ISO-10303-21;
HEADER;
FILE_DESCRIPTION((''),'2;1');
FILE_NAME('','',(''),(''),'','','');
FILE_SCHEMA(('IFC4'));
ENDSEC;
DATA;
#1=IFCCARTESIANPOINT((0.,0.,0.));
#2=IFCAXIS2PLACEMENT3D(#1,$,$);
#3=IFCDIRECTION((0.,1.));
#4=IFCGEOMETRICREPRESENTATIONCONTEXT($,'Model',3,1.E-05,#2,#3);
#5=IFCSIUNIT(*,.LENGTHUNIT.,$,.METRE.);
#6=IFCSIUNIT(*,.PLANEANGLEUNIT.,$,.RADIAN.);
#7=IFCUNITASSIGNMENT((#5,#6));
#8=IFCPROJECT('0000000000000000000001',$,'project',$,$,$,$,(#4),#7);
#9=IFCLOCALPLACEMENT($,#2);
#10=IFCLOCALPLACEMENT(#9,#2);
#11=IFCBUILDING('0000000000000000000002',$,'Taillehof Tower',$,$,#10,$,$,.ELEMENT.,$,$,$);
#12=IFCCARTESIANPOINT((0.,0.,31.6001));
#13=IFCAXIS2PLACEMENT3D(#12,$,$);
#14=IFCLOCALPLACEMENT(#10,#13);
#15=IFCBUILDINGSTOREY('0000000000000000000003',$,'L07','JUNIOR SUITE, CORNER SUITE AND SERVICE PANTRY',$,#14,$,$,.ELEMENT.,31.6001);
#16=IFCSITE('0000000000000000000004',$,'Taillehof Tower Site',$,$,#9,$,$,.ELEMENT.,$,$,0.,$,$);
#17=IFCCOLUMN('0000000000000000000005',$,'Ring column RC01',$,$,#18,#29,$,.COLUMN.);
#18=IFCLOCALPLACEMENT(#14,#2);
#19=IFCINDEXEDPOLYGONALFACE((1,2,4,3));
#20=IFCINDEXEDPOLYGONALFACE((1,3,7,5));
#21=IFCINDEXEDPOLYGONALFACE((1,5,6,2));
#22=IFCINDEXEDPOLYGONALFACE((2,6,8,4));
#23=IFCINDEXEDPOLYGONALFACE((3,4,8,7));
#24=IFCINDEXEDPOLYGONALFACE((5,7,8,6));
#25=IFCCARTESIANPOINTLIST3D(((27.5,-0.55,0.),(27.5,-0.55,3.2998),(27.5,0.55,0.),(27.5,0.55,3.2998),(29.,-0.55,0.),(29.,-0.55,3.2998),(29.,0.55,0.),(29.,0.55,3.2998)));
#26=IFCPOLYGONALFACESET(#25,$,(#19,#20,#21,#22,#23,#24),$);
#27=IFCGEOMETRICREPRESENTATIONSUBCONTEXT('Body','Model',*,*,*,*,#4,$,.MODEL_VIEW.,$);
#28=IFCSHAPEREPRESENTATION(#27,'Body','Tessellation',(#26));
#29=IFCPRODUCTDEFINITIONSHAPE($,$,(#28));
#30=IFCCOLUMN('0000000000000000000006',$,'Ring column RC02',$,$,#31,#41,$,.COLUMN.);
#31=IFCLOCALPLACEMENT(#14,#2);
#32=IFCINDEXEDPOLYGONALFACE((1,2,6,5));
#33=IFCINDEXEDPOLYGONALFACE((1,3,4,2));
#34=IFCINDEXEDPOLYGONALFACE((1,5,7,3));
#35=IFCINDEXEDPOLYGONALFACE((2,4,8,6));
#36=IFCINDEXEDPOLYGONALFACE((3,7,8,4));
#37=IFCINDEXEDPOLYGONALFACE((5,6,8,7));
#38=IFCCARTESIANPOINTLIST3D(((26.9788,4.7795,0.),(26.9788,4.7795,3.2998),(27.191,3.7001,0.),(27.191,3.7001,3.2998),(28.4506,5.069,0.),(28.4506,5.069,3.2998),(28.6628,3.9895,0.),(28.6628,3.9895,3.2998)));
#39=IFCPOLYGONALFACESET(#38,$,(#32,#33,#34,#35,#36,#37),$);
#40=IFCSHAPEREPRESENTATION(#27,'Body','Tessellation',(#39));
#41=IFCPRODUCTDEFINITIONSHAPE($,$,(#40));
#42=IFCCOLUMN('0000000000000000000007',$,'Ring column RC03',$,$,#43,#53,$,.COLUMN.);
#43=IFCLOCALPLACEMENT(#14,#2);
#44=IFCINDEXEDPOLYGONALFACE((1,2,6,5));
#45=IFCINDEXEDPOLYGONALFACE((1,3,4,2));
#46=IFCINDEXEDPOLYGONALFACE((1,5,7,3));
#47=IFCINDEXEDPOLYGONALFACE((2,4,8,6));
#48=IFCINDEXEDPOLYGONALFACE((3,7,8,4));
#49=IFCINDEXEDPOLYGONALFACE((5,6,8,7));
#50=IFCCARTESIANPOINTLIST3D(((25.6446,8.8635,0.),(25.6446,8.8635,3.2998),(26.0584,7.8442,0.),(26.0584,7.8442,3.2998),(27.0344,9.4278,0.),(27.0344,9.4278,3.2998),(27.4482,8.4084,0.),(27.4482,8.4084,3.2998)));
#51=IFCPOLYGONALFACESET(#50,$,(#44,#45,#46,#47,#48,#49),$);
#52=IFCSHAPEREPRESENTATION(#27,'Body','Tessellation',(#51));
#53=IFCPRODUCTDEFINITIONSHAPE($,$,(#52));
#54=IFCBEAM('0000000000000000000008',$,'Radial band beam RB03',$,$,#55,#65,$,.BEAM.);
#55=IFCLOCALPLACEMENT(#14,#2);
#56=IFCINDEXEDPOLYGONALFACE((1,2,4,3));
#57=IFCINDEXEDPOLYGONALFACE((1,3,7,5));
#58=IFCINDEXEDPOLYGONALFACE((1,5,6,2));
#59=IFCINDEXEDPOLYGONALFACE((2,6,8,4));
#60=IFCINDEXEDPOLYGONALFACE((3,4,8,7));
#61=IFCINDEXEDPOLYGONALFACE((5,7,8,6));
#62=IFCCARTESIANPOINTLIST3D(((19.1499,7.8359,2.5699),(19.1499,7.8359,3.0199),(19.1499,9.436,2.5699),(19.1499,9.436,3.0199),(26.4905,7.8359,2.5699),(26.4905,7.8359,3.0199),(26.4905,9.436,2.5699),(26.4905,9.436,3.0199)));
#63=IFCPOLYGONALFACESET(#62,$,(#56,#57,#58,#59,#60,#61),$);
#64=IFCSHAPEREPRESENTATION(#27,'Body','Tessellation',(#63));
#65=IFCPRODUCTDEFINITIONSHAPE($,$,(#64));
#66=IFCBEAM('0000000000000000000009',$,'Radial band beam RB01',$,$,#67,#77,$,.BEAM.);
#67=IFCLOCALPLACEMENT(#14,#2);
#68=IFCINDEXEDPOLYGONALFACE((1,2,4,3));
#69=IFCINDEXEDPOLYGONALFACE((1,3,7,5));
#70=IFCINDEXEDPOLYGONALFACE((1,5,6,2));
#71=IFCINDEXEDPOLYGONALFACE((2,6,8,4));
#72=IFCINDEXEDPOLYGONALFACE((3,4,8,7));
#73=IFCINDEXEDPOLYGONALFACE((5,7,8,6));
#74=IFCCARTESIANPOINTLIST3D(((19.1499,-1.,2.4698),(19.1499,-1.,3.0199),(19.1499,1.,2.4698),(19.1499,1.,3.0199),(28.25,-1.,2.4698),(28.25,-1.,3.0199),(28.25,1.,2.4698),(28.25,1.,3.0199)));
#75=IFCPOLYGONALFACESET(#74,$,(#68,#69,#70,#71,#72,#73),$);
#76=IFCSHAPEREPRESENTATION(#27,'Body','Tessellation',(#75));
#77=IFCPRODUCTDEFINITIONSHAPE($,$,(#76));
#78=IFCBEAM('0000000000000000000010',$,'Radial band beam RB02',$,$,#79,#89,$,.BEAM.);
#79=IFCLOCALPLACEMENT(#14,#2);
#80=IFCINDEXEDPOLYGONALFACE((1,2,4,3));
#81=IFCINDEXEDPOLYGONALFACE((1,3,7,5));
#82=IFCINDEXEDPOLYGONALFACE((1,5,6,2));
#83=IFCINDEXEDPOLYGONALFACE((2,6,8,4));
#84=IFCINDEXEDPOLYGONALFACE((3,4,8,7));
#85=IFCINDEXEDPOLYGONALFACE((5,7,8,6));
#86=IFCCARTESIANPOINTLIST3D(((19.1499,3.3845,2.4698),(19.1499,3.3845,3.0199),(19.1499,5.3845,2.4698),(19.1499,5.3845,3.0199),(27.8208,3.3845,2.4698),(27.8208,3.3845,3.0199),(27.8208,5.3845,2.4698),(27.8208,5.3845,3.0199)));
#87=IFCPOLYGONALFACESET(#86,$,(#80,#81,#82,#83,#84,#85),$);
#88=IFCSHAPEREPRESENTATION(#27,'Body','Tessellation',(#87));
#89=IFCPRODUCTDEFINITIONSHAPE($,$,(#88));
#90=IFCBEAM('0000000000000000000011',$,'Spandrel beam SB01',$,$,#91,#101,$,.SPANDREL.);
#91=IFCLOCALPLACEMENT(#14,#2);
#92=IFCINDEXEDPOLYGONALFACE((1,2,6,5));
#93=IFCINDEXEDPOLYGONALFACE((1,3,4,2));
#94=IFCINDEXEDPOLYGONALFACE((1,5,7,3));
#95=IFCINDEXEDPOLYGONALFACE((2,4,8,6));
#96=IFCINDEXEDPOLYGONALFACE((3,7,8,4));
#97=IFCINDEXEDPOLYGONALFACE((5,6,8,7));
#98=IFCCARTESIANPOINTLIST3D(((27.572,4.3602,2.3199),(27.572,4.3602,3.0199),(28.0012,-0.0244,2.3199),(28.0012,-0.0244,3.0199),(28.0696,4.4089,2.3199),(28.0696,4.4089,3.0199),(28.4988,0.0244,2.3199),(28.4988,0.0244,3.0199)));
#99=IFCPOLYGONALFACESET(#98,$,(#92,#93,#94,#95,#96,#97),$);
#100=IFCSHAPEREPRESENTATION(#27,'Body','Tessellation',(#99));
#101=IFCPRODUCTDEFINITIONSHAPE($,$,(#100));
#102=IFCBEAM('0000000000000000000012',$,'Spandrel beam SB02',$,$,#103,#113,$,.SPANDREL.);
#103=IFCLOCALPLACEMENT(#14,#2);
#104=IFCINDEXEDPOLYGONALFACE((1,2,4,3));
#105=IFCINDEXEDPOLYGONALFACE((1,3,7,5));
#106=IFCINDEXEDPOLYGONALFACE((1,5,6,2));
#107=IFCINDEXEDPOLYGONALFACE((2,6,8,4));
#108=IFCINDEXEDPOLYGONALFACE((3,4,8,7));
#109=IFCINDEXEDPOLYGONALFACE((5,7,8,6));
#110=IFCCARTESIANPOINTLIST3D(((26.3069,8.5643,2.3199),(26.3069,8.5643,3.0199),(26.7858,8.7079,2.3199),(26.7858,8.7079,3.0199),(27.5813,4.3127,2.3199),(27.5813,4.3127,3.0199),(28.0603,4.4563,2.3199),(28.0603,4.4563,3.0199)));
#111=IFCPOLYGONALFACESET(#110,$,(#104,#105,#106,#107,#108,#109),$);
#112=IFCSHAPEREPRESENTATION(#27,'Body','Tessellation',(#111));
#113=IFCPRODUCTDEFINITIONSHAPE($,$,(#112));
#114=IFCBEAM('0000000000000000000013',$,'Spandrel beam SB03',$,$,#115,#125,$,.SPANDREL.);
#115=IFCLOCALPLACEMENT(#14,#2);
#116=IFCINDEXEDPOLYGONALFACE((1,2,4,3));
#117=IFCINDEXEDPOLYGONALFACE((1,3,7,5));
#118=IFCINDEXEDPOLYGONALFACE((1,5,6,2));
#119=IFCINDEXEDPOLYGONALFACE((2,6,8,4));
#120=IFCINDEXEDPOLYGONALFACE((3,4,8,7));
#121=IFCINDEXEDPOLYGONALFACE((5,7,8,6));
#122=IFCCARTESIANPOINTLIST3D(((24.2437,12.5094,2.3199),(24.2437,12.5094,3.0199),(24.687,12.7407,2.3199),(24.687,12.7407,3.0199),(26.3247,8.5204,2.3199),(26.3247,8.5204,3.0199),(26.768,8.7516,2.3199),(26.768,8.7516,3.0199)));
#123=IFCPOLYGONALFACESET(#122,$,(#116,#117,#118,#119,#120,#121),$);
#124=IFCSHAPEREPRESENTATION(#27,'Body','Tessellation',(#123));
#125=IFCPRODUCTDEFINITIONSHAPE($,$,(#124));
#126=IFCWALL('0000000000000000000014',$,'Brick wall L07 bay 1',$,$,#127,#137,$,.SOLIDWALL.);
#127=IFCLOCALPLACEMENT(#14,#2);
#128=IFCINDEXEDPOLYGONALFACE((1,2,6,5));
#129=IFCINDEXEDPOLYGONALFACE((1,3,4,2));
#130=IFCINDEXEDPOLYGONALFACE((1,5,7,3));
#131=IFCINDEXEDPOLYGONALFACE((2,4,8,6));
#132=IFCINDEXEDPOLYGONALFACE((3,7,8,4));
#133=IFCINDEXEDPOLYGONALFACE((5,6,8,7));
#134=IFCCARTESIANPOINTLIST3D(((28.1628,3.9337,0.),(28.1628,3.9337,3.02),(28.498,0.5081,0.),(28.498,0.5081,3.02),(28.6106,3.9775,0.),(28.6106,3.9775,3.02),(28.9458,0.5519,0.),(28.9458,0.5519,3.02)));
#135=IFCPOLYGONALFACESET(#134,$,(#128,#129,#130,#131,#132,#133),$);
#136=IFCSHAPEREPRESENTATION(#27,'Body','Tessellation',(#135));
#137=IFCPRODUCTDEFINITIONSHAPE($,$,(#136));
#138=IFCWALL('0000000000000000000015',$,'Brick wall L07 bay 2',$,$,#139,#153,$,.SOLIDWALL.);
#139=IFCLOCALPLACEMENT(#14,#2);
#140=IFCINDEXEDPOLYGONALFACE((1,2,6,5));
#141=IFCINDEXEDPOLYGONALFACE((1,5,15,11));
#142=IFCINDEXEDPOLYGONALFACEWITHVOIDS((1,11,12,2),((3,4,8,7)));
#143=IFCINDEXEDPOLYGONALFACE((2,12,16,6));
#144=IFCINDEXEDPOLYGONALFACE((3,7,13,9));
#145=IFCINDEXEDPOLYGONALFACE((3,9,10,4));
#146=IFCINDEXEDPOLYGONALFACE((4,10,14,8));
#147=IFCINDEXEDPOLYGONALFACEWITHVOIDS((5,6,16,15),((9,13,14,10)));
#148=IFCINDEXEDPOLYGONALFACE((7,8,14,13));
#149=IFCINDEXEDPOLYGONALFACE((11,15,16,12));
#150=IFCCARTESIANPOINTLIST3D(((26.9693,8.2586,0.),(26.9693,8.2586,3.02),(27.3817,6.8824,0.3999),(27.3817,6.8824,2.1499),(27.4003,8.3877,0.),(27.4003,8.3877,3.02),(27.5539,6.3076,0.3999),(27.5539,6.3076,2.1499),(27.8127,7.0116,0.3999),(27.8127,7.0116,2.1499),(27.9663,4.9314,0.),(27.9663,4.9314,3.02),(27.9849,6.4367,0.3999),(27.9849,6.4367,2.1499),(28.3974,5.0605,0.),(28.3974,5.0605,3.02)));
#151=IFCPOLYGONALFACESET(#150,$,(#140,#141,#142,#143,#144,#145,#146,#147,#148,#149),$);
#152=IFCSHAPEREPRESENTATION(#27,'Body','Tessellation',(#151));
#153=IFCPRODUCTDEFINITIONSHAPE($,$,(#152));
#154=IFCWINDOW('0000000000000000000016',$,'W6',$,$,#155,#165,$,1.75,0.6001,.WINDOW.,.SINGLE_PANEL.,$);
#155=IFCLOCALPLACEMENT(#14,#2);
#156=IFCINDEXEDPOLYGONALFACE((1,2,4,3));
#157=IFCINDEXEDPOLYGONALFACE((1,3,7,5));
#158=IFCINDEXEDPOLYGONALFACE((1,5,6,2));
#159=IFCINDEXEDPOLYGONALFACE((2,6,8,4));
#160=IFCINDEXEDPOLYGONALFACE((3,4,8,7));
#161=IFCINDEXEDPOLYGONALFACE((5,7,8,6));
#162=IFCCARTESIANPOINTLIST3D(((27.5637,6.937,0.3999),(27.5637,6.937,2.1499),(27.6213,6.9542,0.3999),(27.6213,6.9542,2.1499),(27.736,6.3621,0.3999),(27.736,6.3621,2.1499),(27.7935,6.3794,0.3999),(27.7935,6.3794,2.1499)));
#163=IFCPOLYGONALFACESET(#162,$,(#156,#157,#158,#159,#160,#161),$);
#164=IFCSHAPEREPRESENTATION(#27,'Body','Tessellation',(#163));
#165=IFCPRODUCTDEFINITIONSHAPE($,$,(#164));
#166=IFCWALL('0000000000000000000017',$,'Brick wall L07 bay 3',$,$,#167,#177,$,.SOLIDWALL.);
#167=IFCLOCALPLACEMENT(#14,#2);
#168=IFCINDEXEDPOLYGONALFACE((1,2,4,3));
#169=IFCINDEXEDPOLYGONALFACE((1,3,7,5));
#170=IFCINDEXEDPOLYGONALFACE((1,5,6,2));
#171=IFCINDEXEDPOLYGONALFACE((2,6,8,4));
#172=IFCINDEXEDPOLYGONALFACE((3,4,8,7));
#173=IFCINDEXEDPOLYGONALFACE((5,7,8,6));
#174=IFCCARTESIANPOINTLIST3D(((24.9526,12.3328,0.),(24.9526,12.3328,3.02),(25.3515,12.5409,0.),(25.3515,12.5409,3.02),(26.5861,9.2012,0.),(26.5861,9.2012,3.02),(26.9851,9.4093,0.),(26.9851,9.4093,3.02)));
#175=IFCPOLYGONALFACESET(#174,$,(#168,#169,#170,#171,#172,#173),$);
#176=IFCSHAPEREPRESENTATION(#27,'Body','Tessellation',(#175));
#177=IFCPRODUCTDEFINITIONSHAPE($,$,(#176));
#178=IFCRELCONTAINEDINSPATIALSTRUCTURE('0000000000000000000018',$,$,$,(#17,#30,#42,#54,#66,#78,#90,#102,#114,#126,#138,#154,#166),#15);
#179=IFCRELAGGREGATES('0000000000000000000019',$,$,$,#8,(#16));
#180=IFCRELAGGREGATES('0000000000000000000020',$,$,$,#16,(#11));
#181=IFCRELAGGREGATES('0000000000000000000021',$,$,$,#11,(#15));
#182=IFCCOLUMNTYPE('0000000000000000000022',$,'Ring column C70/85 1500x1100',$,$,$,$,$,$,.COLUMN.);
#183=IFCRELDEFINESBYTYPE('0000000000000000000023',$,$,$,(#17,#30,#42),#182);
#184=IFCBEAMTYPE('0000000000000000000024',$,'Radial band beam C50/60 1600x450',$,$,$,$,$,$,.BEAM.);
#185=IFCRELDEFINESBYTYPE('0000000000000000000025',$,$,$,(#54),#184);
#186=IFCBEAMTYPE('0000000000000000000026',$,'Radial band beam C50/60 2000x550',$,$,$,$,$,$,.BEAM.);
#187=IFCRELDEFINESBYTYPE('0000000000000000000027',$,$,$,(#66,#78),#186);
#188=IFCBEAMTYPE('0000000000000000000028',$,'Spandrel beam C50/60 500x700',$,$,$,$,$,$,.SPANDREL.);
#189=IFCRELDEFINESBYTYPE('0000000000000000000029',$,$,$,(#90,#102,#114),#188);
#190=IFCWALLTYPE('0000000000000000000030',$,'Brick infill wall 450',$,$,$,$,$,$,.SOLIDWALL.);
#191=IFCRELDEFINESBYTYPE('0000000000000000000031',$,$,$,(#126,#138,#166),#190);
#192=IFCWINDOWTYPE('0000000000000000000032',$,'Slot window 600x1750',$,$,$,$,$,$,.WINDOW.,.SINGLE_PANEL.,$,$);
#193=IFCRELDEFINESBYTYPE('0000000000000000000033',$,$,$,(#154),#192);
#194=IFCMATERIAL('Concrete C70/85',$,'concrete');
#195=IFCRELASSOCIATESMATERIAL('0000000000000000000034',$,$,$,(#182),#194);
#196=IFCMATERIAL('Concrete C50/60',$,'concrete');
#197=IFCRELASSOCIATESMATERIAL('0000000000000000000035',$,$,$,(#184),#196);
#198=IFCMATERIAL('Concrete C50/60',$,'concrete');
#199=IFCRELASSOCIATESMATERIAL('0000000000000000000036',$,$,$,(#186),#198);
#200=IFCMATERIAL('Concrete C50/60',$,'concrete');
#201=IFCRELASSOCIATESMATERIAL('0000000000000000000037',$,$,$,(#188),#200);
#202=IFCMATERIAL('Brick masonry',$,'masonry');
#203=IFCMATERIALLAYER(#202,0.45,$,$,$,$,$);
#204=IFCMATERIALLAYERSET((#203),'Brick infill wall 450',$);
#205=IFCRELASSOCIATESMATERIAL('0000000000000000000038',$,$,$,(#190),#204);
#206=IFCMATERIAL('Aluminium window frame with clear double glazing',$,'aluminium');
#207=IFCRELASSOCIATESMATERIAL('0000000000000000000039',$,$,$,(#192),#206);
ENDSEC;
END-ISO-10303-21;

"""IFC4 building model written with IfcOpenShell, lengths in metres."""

from ifc_helpers import new_model, si_unit, direction, frame, frame_2d, origin, origin_2d, place, context, subcontext, project, spatial, rectangle, extrude, material, layer, layer_set, material_profile, profile_set, type_object, element, fill, save


model = new_model("IFC4")

# Units and contexts
model_context = context("Model", 3, precision=1e-05, world=origin(), true_north=direction((0.0, 1.0)))
body_context = subcontext(model_context, "Body", "Model", "MODEL_VIEW")
ifc_project = project(units=[si_unit("LENGTHUNIT", "METRE"), si_unit("PLANEANGLEUNIT", "RADIAN")], contexts=[model_context])

# Site, building, storey
site_placement = place(None, origin())
site = spatial("IfcSite", under=ifc_project, at=site_placement, Name="Taillehof Tower Site", CompositionType="ELEMENT", RefElevation=0.0)
building_placement = place(site_placement, origin())
building = spatial("IfcBuilding", under=site, at=building_placement, Name="Taillehof Tower", CompositionType="ELEMENT")
storey_placement = place(building_placement, frame((0.0, 0.0, 31.6001)))
storey = spatial("IfcBuildingStorey", under=building, at=storey_placement, Name="L07", Description="JUNIOR SUITE, CORNER SUITE AND SERVICE PANTRY", CompositionType="ELEMENT", Elevation=31.6001)

# Columns
ifc_material_1 = material(Name="Concrete C70/85", Category="concrete")
ifc_material_profile_1 = material_profile(ifc_material_1, rectangle(XDim=1.5, YDim=1.1001, at=origin_2d()), Name="RC 1500x1100")
ifc_profile_set_1 = profile_set([ifc_material_profile_1], Name="Concrete C70/85")
column_type = type_object("IfcColumnType", Name="Ring column C70/85 1500x1100", PredefinedType="COLUMN", material=ifc_profile_set_1)
for number, where, z_axis, x_axis, name in (
    (1, (28.25, 0.0, 0.0), (0.0, 0.0, 1.0), (1.0, 0.0, 0.0), "Ring column RC01"),
    (2, (27.8208, 4.3845, 0.0), (0.0, 0.0, 1.0), (0.981204, 0.192976, 0.0), "Ring column RC02"),
    (3, (26.5464, 8.636, 0.0), (0.0, 0.0, 1.0), (0.926558, 0.376152, 0.0), "Ring column RC03"),
):
    element("IfcColumn", number, at=place(storey_placement, frame(where, z_axis=z_axis, x_axis=x_axis)), inside=storey, type_object=column_type, Name=name, PredefinedType="COLUMN", context=body_context, shape_type="SweptSolid", body=[
        extrude(rectangle(XDim=1.5, YDim=1.1001, at=origin_2d()), origin(), (0.0, 0.0, 1.0), 3.2998),
    ])

# Beams
ifc_material_2 = material(Name="Concrete C50/60", Category="concrete")
ifc_material_profile_2 = material_profile(ifc_material_2, rectangle(XDim=1.6001, YDim=0.45, at=origin_2d()), Name="RC 1600x450")
ifc_profile_set_2 = profile_set([ifc_material_profile_2], Name="Concrete C50/60")
beam_type_1 = type_object("IfcBeamType", Name="Radial band beam C50/60 1600x450", PredefinedType="BEAM", material=ifc_profile_set_2)
beam_1_placement = place(storey_placement, frame((26.4905, 8.636, 2.7949), z_axis=(-1.0, 0.0, 0.0), x_axis=(0.0, -1.0, 0.0)))
element("IfcBeam", 4, at=beam_1_placement, inside=storey, type_object=beam_type_1, Name="Radial band beam RB03", PredefinedType="BEAM", context=body_context, shape_type="SweptSolid", body=[
    extrude(rectangle(XDim=1.6001, YDim=0.45, at=origin_2d()), origin(), (0.0, 0.0, 1.0), 7.3406),
])
ifc_material_3 = material(Name="Concrete C50/60", Category="concrete")
ifc_material_profile_3 = material_profile(ifc_material_3, rectangle(XDim=2.0, YDim=0.55, at=origin_2d()), Name="RC 2000x550")
ifc_profile_set_3 = profile_set([ifc_material_profile_3], Name="Concrete C50/60")
beam_type_2 = type_object("IfcBeamType", Name="Radial band beam C50/60 2000x550", PredefinedType="BEAM", material=ifc_profile_set_3)
beam_2_placement = place(storey_placement, frame((28.25, 0.0, 2.7449), z_axis=(-1.0, 0.0, 0.0), x_axis=(0.0, -1.0, 0.0)))
element("IfcBeam", 5, at=beam_2_placement, inside=storey, type_object=beam_type_2, Name="Radial band beam RB01", PredefinedType="BEAM", context=body_context, shape_type="SweptSolid", body=[
    extrude(rectangle(XDim=2.0, YDim=0.55, at=origin_2d()), origin(), (0.0, 0.0, 1.0), 9.1001),
])
beam_3_placement = place(storey_placement, frame((27.8208, 4.3845, 2.7449), z_axis=(-1.0, 0.0, 0.0), x_axis=(0.0, -1.0, 0.0)))
element("IfcBeam", 6, at=beam_3_placement, inside=storey, type_object=beam_type_2, Name="Radial band beam RB02", PredefinedType="BEAM", context=body_context, shape_type="SweptSolid", body=[
    extrude(rectangle(XDim=2.0, YDim=0.55, at=origin_2d()), origin(), (0.0, 0.0, 1.0), 8.6709),
])
ifc_material_4 = material(Name="Concrete C50/60", Category="concrete")
ifc_material_profile_4 = material_profile(ifc_material_4, rectangle(XDim=0.5, YDim=0.7, at=origin_2d()), Name="RC 500x700")
ifc_profile_set_4 = profile_set([ifc_material_profile_4], Name="Concrete C50/60")
beam_type_3 = type_object("IfcBeamType", Name="Spandrel beam C50/60 500x700", PredefinedType="SPANDREL", material=ifc_profile_set_4)
beam_4_placement = place(storey_placement, frame((28.25, 0.0, 2.6699), z_axis=(-0.097424, 0.995243, 0.0), x_axis=(-0.995243, -0.097424, 0.0)))
element("IfcBeam", 7, at=beam_4_placement, inside=storey, type_object=beam_type_3, Name="Spandrel beam SB01", PredefinedType="SPANDREL", context=body_context, shape_type="SweptSolid", body=[
    extrude(rectangle(XDim=0.5, YDim=0.7, at=origin_2d()), origin(), (0.0, 0.0, 1.0), 4.4055),
])
beam_5_placement = place(storey_placement, frame((27.8208, 4.3845, 2.6699), z_axis=(-0.287136, 0.95789, 0.0), x_axis=(-0.95789, -0.287136, 0.0)))
element("IfcBeam", 8, at=beam_5_placement, inside=storey, type_object=beam_type_3, Name="Spandrel beam SB02", PredefinedType="SPANDREL", context=body_context, shape_type="SweptSolid", body=[
    extrude(rectangle(XDim=0.5, YDim=0.7, at=origin_2d()), origin(), (0.0, 0.0, 1.0), 4.4385),
])
beam_6_placement = place(storey_placement, frame((26.5464, 8.636, 2.6699), z_axis=(-0.462536, 0.8866, 0.0), x_axis=(-0.8866, -0.462536, 0.0)))
element("IfcBeam", 9, at=beam_6_placement, inside=storey, type_object=beam_type_3, Name="Spandrel beam SB03", PredefinedType="SPANDREL", context=body_context, shape_type="SweptSolid", body=[
    extrude(rectangle(XDim=0.5, YDim=0.7, at=origin_2d()), origin(), (0.0, 0.0, 1.0), 4.4993),
])

# Wall
ifc_material_5 = material(Name="Brick masonry", Category="masonry")
ifc_layer_1 = layer(ifc_material_5, 0.45)
ifc_layer_set_1 = layer_set([ifc_layer_1], Name="Brick infill wall 450")
wall_type_1 = type_object("IfcWallType", Name="Brick infill wall 450", PredefinedType="SOLIDWALL", material=ifc_layer_set_1)
wall_1_placement = place(storey_placement, frame((28.7219, 0.53, 0.0), z_axis=(0.0, 0.0, 1.0), x_axis=(-0.09739, 0.995246, 0.0)))
element("IfcWall", 10, at=wall_1_placement, inside=storey, type_object=wall_type_1, Name="Brick wall L07 bay 1", PredefinedType="SOLIDWALL", context=body_context, shape_type="SweptSolid", body=[
    extrude(rectangle(XDim=3.4419, YDim=0.45, at=frame_2d((1.7209, 0.0))), origin(), (0.0, 0.0, 1.0), 3.02),
])

# Wall, opening, window
wall_2_placement = place(storey_placement, frame((28.1819, 4.9958, 0.0), z_axis=(0.0, 0.0, 1.0), x_axis=(-0.287064, 0.957911, 0.0)))
wall_2 = element("IfcWall", 11, at=wall_2_placement, inside=storey, type_object=wall_type_1, Name="Brick wall L07 bay 2", PredefinedType="SOLIDWALL", context=body_context, shape_type="SweptSolid", body=[
    extrude(rectangle(XDim=3.4734, YDim=0.45, at=frame_2d((1.7368, 0.0))), origin(), (0.0, 0.0, 1.0), 3.02),
])
opening_1_placement = place(wall_2_placement, frame((1.4368, 0.0, 0.3999)))
opening_1 = element("IfcOpeningElement", 12, at=opening_1_placement, cuts=wall_2, PredefinedType="OPENING", context=body_context, shape_type="SweptSolid", body=[
    extrude(rectangle(XDim=0.6001, YDim=1.75, at=frame_2d((0.3, 0.875))), frame((0.0, 0.2349, 0.0), z_axis=(0.0, -1.0, 0.0), x_axis=(1.0, 0.0, 0.0)), (0.0, 0.0, 1.0), 0.47),
])
ifc_material_6 = material(Name="Aluminium window frame with clear double glazing", Category="aluminium")
window_type = type_object("IfcWindowType", Name="Slot window 600x1750", PartitioningType="SINGLE_PANEL", PredefinedType="WINDOW", material=ifc_material_6)
window_placement = place(opening_1_placement, origin())
window = element("IfcWindow", 13, at=window_placement, inside=storey, type_object=window_type, Name="W6", OverallHeight=1.75, OverallWidth=0.6001, PartitioningType="SINGLE_PANEL", PredefinedType="WINDOW", context=body_context, shape_type="SweptSolid", body=[
    extrude(rectangle(XDim=0.6001, YDim=1.75, at=frame_2d((0.3, 0.875))), frame((0.0, 0.0349, 0.0), z_axis=(0.0, -1.0, 0.0), x_axis=(1.0, 0.0, 0.0)), (0.0, 0.0, 1.0), 0.0601),
])
fill(opening_1, window)

# Wall
wall_3_placement = place(storey_placement, frame((26.7856, 9.3052, 0.0), z_axis=(0.0, 0.0, 1.0), x_axis=(-0.462493, 0.886623, 0.0)))
element("IfcWall", 14, at=wall_3_placement, inside=storey, type_object=wall_type_1, Name="Brick wall L07 bay 3", PredefinedType="SOLIDWALL", context=body_context, shape_type="SweptSolid", body=[
    extrude(rectangle(XDim=3.532, YDim=0.45, at=frame_2d((1.7661, 0.0))), origin(), (0.0, 0.0, 1.0), 3.02),
])

save(model, "model.ifc")
